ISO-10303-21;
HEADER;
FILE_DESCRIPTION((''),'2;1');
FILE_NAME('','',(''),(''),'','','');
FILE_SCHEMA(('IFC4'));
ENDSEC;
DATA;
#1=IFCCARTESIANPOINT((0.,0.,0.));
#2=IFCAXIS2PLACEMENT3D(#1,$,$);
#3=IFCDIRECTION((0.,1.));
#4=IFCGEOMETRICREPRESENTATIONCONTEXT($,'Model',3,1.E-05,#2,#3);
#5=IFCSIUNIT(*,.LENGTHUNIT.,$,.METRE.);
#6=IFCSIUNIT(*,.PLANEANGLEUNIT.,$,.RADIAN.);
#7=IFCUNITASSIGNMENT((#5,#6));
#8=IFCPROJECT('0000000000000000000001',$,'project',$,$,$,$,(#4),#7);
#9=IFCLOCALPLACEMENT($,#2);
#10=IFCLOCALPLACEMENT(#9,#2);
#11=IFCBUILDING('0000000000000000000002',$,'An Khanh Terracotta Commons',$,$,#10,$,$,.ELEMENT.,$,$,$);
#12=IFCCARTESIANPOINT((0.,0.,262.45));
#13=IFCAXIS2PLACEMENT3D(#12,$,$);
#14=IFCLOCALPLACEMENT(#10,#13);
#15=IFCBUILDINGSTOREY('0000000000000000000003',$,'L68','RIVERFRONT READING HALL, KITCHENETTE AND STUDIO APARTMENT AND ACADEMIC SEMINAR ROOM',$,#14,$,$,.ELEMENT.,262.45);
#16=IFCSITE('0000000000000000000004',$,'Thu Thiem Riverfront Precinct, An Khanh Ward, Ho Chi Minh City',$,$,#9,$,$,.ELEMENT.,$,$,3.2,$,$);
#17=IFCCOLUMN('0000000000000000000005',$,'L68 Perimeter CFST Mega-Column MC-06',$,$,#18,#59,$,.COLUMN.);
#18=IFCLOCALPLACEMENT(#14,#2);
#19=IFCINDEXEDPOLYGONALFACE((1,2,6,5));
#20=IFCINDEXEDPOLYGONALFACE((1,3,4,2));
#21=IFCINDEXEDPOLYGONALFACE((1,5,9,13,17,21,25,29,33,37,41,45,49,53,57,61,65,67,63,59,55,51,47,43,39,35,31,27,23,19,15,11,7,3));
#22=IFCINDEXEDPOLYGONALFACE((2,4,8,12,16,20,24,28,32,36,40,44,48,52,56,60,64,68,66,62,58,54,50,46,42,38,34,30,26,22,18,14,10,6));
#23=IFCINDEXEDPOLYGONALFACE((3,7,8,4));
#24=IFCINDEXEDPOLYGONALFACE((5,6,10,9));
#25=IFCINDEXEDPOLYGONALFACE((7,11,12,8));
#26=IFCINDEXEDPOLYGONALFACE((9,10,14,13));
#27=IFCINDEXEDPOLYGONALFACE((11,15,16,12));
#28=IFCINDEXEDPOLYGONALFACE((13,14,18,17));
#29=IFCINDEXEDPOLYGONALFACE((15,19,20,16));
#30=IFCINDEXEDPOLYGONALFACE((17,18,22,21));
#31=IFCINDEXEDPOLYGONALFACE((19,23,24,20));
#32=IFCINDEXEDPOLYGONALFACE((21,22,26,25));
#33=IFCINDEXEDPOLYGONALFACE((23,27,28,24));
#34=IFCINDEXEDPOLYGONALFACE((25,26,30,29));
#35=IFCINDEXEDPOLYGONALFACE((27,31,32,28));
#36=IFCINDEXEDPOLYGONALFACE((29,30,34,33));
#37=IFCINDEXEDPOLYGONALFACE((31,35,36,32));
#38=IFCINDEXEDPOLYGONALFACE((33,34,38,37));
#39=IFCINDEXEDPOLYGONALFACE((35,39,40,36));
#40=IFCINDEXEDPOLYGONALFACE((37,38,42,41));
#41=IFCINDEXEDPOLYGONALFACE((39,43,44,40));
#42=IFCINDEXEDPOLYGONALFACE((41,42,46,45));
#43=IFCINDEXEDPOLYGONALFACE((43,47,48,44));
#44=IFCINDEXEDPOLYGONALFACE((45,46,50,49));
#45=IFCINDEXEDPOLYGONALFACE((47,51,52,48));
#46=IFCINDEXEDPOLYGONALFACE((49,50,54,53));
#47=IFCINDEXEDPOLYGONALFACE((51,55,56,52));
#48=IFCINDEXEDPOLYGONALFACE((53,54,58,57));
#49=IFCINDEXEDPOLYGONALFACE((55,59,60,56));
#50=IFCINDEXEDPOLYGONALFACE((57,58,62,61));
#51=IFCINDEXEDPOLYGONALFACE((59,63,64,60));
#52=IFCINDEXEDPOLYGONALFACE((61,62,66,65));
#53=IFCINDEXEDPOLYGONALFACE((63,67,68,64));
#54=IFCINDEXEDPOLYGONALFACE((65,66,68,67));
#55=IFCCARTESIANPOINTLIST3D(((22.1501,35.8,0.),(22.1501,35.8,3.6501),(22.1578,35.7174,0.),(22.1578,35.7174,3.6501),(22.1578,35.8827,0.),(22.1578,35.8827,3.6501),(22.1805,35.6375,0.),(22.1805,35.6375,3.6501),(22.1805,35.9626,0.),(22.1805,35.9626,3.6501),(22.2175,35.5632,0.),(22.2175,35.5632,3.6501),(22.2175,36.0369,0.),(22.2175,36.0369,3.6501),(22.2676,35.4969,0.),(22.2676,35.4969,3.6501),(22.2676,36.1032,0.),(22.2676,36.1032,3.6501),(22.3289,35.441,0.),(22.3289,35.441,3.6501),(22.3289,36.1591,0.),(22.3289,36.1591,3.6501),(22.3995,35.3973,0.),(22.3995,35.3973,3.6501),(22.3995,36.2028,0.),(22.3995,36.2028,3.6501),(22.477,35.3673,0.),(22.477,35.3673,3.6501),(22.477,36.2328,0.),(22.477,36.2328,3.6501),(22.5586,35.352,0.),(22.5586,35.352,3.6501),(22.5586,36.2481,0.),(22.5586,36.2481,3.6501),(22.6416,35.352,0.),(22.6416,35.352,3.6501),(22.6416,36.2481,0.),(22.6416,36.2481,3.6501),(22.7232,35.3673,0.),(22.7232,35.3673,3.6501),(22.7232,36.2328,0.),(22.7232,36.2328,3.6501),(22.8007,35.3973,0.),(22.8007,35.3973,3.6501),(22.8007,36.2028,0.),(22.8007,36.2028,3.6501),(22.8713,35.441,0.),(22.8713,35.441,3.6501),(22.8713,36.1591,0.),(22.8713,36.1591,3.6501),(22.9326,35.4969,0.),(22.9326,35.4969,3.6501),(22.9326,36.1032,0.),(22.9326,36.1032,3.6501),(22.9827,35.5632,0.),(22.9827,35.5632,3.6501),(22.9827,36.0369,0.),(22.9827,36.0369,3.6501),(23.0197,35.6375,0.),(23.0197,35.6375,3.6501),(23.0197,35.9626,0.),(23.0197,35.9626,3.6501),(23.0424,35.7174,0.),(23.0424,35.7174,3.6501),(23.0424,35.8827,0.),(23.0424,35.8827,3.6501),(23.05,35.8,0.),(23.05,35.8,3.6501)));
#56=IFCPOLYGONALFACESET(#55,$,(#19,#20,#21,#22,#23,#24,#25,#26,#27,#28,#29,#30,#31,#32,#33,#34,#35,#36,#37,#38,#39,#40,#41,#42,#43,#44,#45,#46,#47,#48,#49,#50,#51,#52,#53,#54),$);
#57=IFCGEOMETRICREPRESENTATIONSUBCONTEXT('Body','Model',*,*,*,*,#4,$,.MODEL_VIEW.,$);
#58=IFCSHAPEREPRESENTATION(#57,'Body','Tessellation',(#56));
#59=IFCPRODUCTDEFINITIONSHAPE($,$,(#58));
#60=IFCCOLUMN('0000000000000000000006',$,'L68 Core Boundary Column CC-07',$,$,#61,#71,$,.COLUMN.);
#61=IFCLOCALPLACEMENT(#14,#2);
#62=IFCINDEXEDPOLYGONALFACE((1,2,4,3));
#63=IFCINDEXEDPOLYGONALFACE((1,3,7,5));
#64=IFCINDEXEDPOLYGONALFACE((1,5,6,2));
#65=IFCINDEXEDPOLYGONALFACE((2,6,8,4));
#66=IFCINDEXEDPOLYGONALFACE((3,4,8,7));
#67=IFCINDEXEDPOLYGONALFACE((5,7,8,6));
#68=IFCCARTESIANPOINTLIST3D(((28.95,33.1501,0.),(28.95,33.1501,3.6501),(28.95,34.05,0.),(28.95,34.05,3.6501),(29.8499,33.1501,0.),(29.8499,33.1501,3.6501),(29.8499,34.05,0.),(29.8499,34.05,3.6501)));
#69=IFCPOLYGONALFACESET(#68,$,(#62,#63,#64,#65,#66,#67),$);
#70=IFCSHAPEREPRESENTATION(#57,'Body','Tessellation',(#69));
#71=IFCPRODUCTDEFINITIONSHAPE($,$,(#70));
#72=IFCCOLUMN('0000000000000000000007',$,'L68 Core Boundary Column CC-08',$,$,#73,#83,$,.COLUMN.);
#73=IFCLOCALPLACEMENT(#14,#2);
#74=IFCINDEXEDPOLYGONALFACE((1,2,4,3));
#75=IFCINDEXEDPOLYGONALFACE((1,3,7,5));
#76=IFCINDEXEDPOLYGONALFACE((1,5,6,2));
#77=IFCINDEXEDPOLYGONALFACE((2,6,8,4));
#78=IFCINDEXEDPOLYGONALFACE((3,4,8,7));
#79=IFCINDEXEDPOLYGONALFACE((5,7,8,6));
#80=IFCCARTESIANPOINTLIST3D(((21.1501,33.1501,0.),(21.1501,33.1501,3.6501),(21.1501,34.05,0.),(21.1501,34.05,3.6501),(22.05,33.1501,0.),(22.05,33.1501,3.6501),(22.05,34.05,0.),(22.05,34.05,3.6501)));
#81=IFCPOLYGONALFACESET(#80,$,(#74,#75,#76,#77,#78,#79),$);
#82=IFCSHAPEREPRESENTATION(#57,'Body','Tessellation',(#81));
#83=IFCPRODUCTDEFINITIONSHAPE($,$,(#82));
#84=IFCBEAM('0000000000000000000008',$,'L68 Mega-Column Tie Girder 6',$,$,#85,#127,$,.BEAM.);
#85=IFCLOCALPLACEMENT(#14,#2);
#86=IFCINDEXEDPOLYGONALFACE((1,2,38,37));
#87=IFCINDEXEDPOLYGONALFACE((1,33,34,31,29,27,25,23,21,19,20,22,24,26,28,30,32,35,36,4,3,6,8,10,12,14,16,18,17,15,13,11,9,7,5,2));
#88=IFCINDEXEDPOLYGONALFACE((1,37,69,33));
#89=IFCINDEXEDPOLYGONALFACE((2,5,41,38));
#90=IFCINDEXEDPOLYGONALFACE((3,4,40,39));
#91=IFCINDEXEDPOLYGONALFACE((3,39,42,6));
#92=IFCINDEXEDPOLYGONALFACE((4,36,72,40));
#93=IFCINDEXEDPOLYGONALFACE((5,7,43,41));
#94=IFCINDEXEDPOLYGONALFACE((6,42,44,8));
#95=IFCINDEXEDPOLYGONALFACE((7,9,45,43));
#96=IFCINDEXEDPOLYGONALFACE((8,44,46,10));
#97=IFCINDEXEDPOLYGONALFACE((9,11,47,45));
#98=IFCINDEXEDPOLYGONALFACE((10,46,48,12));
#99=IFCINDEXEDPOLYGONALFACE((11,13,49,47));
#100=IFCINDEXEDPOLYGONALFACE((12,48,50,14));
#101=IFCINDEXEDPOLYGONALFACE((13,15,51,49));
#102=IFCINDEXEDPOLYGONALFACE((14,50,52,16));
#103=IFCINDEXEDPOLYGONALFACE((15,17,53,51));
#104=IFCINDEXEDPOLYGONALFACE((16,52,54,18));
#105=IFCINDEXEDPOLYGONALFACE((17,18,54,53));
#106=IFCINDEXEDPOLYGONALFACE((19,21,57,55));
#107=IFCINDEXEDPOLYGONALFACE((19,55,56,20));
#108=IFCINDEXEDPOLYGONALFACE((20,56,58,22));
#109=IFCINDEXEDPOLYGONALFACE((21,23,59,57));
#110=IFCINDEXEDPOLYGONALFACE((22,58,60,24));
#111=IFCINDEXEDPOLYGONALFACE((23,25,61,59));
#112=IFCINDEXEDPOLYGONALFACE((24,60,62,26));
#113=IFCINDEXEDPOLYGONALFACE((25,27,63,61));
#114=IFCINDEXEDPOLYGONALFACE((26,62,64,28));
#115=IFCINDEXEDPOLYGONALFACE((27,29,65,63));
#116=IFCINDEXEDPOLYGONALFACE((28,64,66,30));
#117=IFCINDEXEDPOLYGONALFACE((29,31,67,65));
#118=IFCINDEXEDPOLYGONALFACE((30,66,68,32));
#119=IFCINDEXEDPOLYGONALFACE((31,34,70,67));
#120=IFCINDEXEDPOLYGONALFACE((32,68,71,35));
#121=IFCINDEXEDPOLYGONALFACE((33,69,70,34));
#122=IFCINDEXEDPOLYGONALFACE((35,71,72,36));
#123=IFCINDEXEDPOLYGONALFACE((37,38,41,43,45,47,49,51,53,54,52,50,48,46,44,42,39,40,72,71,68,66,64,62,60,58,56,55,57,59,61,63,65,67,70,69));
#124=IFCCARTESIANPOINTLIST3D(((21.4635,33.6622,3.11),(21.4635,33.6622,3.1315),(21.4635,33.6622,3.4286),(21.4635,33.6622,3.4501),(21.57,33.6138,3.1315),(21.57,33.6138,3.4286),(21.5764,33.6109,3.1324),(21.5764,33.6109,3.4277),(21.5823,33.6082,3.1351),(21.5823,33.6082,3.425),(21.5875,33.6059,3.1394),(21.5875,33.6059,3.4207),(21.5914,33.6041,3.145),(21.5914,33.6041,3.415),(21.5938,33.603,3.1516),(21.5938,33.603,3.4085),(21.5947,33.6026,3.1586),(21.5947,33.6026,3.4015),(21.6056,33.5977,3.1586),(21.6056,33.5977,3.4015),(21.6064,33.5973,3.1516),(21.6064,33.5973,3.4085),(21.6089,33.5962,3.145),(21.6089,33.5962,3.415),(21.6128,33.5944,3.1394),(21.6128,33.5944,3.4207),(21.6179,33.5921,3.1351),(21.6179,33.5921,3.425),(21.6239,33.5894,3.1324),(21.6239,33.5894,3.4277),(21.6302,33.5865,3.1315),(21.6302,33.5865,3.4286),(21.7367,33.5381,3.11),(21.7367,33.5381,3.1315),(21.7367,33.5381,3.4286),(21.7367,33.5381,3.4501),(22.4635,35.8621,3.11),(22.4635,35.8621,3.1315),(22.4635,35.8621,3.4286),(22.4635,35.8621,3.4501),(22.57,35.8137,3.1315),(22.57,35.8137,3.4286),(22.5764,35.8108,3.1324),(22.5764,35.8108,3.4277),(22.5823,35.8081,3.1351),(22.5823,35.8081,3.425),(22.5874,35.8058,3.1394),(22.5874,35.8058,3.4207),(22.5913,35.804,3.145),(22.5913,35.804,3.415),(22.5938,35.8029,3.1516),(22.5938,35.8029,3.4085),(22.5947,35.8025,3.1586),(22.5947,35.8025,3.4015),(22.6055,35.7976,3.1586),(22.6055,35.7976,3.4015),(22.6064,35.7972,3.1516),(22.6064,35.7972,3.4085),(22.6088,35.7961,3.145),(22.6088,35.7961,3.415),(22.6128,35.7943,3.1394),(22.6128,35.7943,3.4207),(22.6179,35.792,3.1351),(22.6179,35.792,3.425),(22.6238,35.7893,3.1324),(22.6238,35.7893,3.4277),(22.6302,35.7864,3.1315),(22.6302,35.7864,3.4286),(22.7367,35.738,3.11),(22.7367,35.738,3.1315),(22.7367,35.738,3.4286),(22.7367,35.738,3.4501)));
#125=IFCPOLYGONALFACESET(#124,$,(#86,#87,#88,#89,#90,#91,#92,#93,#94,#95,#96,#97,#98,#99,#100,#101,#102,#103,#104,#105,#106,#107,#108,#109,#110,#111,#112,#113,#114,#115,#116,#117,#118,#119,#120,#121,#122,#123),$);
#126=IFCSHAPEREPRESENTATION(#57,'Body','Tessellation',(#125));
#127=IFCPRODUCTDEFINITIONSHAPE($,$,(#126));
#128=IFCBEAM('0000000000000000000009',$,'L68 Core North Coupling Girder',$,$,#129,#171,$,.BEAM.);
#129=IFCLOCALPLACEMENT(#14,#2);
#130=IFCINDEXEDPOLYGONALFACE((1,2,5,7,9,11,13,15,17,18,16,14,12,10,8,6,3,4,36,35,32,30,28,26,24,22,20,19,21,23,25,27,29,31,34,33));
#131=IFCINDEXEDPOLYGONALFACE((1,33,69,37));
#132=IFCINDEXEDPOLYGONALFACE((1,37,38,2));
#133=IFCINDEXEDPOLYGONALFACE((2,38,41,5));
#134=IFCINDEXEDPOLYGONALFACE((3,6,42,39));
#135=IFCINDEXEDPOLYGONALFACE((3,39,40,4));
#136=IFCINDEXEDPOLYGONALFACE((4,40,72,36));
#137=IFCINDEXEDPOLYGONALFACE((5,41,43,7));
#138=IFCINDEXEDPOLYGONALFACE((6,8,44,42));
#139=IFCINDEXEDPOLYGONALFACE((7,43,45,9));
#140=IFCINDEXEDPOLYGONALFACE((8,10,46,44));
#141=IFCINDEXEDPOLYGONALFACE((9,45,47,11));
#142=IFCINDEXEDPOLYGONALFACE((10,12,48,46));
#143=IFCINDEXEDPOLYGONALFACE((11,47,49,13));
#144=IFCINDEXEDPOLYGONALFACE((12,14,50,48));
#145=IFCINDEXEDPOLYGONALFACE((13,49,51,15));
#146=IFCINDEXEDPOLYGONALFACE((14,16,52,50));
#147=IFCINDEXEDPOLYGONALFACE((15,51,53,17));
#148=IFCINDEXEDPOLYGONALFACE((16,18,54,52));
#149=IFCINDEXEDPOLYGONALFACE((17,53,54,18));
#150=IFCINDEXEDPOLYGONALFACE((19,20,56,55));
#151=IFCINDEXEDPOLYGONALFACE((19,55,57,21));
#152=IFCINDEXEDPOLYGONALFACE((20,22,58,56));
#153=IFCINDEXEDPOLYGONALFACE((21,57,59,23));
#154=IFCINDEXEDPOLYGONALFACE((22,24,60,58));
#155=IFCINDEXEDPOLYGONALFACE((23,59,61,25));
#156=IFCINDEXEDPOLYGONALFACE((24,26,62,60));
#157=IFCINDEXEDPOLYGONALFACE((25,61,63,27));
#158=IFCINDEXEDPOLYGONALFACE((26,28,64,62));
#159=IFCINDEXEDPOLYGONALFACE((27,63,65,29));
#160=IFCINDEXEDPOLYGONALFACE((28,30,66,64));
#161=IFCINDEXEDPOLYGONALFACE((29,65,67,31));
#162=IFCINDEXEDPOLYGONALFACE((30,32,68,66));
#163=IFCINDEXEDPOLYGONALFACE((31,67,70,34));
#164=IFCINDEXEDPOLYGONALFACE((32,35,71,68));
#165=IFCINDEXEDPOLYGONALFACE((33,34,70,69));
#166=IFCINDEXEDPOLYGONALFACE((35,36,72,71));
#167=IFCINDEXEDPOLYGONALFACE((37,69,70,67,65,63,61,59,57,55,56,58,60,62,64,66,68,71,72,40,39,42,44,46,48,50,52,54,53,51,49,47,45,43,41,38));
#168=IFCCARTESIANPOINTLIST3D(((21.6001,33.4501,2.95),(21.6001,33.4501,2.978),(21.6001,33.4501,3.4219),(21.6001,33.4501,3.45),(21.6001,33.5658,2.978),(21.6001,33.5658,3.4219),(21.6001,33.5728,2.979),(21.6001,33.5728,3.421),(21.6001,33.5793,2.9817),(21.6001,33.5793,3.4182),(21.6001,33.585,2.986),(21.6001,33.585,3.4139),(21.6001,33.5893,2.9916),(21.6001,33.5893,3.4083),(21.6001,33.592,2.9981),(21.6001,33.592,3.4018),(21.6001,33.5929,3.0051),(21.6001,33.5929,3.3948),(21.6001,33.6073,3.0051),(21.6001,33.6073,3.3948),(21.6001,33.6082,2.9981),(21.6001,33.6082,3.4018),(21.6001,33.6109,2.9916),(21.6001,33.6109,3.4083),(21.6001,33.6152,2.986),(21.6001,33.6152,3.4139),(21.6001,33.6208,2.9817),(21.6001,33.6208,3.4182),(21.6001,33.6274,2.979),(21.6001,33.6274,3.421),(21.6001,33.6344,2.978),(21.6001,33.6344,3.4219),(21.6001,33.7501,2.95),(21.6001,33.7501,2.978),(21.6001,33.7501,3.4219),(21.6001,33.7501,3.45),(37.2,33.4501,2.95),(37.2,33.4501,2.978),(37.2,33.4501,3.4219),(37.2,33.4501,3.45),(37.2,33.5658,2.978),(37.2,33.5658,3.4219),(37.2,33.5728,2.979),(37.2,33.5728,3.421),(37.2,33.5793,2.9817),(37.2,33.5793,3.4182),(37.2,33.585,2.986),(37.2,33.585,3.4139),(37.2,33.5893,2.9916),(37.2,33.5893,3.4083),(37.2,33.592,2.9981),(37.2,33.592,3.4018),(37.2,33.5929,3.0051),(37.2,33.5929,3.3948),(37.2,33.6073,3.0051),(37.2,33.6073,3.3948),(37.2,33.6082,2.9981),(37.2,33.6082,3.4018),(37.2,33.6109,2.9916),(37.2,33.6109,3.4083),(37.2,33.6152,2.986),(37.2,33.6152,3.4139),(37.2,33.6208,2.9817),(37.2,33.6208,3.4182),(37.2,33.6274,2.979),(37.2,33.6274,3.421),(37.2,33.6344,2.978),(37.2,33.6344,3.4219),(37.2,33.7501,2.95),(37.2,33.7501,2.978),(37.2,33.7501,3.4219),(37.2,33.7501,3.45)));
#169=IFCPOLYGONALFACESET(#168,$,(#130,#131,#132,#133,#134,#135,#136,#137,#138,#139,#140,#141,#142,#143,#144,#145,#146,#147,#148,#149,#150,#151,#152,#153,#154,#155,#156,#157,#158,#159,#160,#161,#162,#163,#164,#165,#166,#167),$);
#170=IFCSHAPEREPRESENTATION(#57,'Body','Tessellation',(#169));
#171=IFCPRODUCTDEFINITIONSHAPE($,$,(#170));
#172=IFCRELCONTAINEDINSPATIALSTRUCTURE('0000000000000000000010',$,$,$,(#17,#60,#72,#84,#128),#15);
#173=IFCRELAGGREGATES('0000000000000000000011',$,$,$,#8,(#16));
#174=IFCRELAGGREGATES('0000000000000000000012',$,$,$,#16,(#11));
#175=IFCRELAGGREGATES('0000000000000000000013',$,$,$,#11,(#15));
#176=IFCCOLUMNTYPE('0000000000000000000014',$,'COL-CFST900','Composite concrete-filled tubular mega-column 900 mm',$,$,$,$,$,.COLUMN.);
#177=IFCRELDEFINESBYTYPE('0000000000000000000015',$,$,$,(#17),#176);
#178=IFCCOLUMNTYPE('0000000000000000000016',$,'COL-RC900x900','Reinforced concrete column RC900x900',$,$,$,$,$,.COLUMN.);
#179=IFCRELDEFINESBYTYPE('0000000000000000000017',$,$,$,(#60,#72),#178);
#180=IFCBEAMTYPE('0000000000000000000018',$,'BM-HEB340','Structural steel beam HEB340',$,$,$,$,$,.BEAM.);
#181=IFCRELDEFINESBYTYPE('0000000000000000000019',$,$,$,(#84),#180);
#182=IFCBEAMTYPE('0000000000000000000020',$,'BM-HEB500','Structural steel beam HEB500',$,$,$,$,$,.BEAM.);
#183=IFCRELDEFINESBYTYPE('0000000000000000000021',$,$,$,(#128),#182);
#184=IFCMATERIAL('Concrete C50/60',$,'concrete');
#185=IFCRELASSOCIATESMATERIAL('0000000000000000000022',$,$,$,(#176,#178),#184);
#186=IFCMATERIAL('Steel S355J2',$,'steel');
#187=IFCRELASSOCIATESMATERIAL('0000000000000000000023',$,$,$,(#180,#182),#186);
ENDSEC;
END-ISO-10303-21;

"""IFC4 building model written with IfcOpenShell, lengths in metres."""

from ifc_helpers import new_model, si_unit, direction, frame, origin, origin_2d, place, context, subcontext, project, spatial, rectangle, circle, i_section, extrude, material, material_profile, profile_set, type_object, element, save


model = new_model("IFC4")

# Units and contexts
model_context = context("Model", 3, precision=1e-05, world=origin(), true_north=direction((0.0, 1.0)))
body_context = subcontext(model_context, "Body", "Model", "MODEL_VIEW")
ifc_project = project(units=[si_unit("LENGTHUNIT", "METRE"), si_unit("PLANEANGLEUNIT", "RADIAN")], contexts=[model_context])

# Site, building, storey
site_placement = place(None, origin())
site = spatial("IfcSite", under=ifc_project, at=site_placement, Name="Thu Thiem Riverfront Precinct, An Khanh Ward, Ho Chi Minh City", CompositionType="ELEMENT", RefElevation=3.2)
building_placement = place(site_placement, origin())
building = spatial("IfcBuilding", under=site, at=building_placement, Name="An Khanh Terracotta Commons", CompositionType="ELEMENT")
storey_placement = place(building_placement, frame((0.0, 0.0, 262.45)))
storey = spatial("IfcBuildingStorey", under=building, at=storey_placement, Name="L68", Description="RIVERFRONT READING HALL, KITCHENETTE AND STUDIO APARTMENT AND ACADEMIC SEMINAR ROOM", CompositionType="ELEMENT", Elevation=262.45)

# Columns
ifc_material_1 = material(Name="Concrete C50/60", Category="concrete")
ifc_material_profile_1 = material_profile(ifc_material_1, circle(Radius=0.45, at=origin_2d()), Name="CFST900")
ifc_profile_set_1 = profile_set([ifc_material_profile_1], Name="Concrete C50/60")
column_type_1 = type_object("IfcColumnType", Name="COL-CFST900", Description="Composite concrete-filled tubular mega-column 900 mm", PredefinedType="COLUMN", material=ifc_profile_set_1)
column_placement = place(storey_placement, frame((22.6001, 35.8, 0.0), z_axis=(0.0, 0.0, 1.0), x_axis=(1.0, 0.0, 0.0)))
element("IfcColumn", 1, at=column_placement, inside=storey, type_object=column_type_1, Name="L68 Perimeter CFST Mega-Column MC-06", PredefinedType="COLUMN", context=body_context, shape_type="SweptSolid", body=[
    extrude(circle(Radius=0.45, at=origin_2d()), origin(), (0.0, 0.0, 1.0), 3.6501),
])
ifc_material_profile_2 = material_profile(ifc_material_1, rectangle(XDim=0.8999, YDim=0.8999, at=origin_2d()), Name="RC900x900")
ifc_profile_set_2 = profile_set([ifc_material_profile_2], Name="Concrete C50/60")
column_type_2 = type_object("IfcColumnType", Name="COL-RC900x900", Description="Reinforced concrete column RC900x900", PredefinedType="COLUMN", material=ifc_profile_set_2)
for number, where, z_axis, x_axis, name in (
    (2, (29.3999, 33.6001, 0.0), (0.0, 0.0, 1.0), (1.0, 0.0, 0.0), "L68 Core Boundary Column CC-07"),
    (3, (21.6001, 33.6001, 0.0), (0.0, 0.0, 1.0), (1.0, 0.0, 0.0), "L68 Core Boundary Column CC-08"),
):
    element("IfcColumn", number, at=place(storey_placement, frame(where, z_axis=z_axis, x_axis=x_axis)), inside=storey, type_object=column_type_2, Name=name, PredefinedType="COLUMN", context=body_context, shape_type="SweptSolid", body=[
        extrude(rectangle(XDim=0.8999, YDim=0.8999, at=origin_2d()), origin(), (0.0, 0.0, 1.0), 3.6501),
    ])

# Beams
ifc_material_2 = material(Name="Steel S355J2", Category="steel")
ifc_material_profile_3 = material_profile(ifc_material_2, i_section(OverallWidth=0.3, OverallDepth=0.3401, WebThickness=0.012, FlangeThickness=0.0215, FilletRadius=0.0271, at=origin_2d()), Name="HEB340")
ifc_profile_set_3 = profile_set([ifc_material_profile_3], Name="Steel S355J2")
beam_type_1 = type_object("IfcBeamType", Name="BM-HEB340", Description="Structural steel beam HEB340", PredefinedType="BEAM", material=ifc_profile_set_3)
beam_1_placement = place(storey_placement, frame((22.6001, 35.8, 3.28), z_axis=(-0.413811, -0.910363, 0.0), x_axis=(0.910363, -0.413811, 0.0)))
element("IfcBeam", 4, at=beam_1_placement, inside=storey, type_object=beam_type_1, Name="L68 Mega-Column Tie Girder 6", PredefinedType="BEAM", context=body_context, shape_type="SweptSolid", body=[
    extrude(i_section(OverallWidth=0.3, OverallDepth=0.3401, WebThickness=0.012, FlangeThickness=0.0215, FilletRadius=0.0271, at=origin_2d()), origin(), (0.0, 0.0, 1.0), 2.4165),
])
ifc_material_profile_4 = material_profile(ifc_material_2, i_section(OverallWidth=0.3, OverallDepth=0.5, WebThickness=0.0144, FlangeThickness=0.0281, FilletRadius=0.0271, at=origin_2d()), Name="HEB500")
ifc_profile_set_4 = profile_set([ifc_material_profile_4], Name="Steel S355J2")
beam_type_2 = type_object("IfcBeamType", Name="BM-HEB500", Description="Structural steel beam HEB500", PredefinedType="BEAM", material=ifc_profile_set_4)
beam_2_placement = place(storey_placement, frame((21.6001, 33.6001, 3.2), z_axis=(1.0, 0.0, 0.0), x_axis=(0.0, 1.0, 0.0)))
element("IfcBeam", 5, at=beam_2_placement, inside=storey, type_object=beam_type_2, Name="L68 Core North Coupling Girder", PredefinedType="BEAM", context=body_context, shape_type="SweptSolid", body=[
    extrude(i_section(OverallWidth=0.3, OverallDepth=0.5, WebThickness=0.0144, FlangeThickness=0.0281, FilletRadius=0.0271, at=origin_2d()), origin(), (0.0, 0.0, 1.0), 15.5999),
])

save(model, "model.ifc")
